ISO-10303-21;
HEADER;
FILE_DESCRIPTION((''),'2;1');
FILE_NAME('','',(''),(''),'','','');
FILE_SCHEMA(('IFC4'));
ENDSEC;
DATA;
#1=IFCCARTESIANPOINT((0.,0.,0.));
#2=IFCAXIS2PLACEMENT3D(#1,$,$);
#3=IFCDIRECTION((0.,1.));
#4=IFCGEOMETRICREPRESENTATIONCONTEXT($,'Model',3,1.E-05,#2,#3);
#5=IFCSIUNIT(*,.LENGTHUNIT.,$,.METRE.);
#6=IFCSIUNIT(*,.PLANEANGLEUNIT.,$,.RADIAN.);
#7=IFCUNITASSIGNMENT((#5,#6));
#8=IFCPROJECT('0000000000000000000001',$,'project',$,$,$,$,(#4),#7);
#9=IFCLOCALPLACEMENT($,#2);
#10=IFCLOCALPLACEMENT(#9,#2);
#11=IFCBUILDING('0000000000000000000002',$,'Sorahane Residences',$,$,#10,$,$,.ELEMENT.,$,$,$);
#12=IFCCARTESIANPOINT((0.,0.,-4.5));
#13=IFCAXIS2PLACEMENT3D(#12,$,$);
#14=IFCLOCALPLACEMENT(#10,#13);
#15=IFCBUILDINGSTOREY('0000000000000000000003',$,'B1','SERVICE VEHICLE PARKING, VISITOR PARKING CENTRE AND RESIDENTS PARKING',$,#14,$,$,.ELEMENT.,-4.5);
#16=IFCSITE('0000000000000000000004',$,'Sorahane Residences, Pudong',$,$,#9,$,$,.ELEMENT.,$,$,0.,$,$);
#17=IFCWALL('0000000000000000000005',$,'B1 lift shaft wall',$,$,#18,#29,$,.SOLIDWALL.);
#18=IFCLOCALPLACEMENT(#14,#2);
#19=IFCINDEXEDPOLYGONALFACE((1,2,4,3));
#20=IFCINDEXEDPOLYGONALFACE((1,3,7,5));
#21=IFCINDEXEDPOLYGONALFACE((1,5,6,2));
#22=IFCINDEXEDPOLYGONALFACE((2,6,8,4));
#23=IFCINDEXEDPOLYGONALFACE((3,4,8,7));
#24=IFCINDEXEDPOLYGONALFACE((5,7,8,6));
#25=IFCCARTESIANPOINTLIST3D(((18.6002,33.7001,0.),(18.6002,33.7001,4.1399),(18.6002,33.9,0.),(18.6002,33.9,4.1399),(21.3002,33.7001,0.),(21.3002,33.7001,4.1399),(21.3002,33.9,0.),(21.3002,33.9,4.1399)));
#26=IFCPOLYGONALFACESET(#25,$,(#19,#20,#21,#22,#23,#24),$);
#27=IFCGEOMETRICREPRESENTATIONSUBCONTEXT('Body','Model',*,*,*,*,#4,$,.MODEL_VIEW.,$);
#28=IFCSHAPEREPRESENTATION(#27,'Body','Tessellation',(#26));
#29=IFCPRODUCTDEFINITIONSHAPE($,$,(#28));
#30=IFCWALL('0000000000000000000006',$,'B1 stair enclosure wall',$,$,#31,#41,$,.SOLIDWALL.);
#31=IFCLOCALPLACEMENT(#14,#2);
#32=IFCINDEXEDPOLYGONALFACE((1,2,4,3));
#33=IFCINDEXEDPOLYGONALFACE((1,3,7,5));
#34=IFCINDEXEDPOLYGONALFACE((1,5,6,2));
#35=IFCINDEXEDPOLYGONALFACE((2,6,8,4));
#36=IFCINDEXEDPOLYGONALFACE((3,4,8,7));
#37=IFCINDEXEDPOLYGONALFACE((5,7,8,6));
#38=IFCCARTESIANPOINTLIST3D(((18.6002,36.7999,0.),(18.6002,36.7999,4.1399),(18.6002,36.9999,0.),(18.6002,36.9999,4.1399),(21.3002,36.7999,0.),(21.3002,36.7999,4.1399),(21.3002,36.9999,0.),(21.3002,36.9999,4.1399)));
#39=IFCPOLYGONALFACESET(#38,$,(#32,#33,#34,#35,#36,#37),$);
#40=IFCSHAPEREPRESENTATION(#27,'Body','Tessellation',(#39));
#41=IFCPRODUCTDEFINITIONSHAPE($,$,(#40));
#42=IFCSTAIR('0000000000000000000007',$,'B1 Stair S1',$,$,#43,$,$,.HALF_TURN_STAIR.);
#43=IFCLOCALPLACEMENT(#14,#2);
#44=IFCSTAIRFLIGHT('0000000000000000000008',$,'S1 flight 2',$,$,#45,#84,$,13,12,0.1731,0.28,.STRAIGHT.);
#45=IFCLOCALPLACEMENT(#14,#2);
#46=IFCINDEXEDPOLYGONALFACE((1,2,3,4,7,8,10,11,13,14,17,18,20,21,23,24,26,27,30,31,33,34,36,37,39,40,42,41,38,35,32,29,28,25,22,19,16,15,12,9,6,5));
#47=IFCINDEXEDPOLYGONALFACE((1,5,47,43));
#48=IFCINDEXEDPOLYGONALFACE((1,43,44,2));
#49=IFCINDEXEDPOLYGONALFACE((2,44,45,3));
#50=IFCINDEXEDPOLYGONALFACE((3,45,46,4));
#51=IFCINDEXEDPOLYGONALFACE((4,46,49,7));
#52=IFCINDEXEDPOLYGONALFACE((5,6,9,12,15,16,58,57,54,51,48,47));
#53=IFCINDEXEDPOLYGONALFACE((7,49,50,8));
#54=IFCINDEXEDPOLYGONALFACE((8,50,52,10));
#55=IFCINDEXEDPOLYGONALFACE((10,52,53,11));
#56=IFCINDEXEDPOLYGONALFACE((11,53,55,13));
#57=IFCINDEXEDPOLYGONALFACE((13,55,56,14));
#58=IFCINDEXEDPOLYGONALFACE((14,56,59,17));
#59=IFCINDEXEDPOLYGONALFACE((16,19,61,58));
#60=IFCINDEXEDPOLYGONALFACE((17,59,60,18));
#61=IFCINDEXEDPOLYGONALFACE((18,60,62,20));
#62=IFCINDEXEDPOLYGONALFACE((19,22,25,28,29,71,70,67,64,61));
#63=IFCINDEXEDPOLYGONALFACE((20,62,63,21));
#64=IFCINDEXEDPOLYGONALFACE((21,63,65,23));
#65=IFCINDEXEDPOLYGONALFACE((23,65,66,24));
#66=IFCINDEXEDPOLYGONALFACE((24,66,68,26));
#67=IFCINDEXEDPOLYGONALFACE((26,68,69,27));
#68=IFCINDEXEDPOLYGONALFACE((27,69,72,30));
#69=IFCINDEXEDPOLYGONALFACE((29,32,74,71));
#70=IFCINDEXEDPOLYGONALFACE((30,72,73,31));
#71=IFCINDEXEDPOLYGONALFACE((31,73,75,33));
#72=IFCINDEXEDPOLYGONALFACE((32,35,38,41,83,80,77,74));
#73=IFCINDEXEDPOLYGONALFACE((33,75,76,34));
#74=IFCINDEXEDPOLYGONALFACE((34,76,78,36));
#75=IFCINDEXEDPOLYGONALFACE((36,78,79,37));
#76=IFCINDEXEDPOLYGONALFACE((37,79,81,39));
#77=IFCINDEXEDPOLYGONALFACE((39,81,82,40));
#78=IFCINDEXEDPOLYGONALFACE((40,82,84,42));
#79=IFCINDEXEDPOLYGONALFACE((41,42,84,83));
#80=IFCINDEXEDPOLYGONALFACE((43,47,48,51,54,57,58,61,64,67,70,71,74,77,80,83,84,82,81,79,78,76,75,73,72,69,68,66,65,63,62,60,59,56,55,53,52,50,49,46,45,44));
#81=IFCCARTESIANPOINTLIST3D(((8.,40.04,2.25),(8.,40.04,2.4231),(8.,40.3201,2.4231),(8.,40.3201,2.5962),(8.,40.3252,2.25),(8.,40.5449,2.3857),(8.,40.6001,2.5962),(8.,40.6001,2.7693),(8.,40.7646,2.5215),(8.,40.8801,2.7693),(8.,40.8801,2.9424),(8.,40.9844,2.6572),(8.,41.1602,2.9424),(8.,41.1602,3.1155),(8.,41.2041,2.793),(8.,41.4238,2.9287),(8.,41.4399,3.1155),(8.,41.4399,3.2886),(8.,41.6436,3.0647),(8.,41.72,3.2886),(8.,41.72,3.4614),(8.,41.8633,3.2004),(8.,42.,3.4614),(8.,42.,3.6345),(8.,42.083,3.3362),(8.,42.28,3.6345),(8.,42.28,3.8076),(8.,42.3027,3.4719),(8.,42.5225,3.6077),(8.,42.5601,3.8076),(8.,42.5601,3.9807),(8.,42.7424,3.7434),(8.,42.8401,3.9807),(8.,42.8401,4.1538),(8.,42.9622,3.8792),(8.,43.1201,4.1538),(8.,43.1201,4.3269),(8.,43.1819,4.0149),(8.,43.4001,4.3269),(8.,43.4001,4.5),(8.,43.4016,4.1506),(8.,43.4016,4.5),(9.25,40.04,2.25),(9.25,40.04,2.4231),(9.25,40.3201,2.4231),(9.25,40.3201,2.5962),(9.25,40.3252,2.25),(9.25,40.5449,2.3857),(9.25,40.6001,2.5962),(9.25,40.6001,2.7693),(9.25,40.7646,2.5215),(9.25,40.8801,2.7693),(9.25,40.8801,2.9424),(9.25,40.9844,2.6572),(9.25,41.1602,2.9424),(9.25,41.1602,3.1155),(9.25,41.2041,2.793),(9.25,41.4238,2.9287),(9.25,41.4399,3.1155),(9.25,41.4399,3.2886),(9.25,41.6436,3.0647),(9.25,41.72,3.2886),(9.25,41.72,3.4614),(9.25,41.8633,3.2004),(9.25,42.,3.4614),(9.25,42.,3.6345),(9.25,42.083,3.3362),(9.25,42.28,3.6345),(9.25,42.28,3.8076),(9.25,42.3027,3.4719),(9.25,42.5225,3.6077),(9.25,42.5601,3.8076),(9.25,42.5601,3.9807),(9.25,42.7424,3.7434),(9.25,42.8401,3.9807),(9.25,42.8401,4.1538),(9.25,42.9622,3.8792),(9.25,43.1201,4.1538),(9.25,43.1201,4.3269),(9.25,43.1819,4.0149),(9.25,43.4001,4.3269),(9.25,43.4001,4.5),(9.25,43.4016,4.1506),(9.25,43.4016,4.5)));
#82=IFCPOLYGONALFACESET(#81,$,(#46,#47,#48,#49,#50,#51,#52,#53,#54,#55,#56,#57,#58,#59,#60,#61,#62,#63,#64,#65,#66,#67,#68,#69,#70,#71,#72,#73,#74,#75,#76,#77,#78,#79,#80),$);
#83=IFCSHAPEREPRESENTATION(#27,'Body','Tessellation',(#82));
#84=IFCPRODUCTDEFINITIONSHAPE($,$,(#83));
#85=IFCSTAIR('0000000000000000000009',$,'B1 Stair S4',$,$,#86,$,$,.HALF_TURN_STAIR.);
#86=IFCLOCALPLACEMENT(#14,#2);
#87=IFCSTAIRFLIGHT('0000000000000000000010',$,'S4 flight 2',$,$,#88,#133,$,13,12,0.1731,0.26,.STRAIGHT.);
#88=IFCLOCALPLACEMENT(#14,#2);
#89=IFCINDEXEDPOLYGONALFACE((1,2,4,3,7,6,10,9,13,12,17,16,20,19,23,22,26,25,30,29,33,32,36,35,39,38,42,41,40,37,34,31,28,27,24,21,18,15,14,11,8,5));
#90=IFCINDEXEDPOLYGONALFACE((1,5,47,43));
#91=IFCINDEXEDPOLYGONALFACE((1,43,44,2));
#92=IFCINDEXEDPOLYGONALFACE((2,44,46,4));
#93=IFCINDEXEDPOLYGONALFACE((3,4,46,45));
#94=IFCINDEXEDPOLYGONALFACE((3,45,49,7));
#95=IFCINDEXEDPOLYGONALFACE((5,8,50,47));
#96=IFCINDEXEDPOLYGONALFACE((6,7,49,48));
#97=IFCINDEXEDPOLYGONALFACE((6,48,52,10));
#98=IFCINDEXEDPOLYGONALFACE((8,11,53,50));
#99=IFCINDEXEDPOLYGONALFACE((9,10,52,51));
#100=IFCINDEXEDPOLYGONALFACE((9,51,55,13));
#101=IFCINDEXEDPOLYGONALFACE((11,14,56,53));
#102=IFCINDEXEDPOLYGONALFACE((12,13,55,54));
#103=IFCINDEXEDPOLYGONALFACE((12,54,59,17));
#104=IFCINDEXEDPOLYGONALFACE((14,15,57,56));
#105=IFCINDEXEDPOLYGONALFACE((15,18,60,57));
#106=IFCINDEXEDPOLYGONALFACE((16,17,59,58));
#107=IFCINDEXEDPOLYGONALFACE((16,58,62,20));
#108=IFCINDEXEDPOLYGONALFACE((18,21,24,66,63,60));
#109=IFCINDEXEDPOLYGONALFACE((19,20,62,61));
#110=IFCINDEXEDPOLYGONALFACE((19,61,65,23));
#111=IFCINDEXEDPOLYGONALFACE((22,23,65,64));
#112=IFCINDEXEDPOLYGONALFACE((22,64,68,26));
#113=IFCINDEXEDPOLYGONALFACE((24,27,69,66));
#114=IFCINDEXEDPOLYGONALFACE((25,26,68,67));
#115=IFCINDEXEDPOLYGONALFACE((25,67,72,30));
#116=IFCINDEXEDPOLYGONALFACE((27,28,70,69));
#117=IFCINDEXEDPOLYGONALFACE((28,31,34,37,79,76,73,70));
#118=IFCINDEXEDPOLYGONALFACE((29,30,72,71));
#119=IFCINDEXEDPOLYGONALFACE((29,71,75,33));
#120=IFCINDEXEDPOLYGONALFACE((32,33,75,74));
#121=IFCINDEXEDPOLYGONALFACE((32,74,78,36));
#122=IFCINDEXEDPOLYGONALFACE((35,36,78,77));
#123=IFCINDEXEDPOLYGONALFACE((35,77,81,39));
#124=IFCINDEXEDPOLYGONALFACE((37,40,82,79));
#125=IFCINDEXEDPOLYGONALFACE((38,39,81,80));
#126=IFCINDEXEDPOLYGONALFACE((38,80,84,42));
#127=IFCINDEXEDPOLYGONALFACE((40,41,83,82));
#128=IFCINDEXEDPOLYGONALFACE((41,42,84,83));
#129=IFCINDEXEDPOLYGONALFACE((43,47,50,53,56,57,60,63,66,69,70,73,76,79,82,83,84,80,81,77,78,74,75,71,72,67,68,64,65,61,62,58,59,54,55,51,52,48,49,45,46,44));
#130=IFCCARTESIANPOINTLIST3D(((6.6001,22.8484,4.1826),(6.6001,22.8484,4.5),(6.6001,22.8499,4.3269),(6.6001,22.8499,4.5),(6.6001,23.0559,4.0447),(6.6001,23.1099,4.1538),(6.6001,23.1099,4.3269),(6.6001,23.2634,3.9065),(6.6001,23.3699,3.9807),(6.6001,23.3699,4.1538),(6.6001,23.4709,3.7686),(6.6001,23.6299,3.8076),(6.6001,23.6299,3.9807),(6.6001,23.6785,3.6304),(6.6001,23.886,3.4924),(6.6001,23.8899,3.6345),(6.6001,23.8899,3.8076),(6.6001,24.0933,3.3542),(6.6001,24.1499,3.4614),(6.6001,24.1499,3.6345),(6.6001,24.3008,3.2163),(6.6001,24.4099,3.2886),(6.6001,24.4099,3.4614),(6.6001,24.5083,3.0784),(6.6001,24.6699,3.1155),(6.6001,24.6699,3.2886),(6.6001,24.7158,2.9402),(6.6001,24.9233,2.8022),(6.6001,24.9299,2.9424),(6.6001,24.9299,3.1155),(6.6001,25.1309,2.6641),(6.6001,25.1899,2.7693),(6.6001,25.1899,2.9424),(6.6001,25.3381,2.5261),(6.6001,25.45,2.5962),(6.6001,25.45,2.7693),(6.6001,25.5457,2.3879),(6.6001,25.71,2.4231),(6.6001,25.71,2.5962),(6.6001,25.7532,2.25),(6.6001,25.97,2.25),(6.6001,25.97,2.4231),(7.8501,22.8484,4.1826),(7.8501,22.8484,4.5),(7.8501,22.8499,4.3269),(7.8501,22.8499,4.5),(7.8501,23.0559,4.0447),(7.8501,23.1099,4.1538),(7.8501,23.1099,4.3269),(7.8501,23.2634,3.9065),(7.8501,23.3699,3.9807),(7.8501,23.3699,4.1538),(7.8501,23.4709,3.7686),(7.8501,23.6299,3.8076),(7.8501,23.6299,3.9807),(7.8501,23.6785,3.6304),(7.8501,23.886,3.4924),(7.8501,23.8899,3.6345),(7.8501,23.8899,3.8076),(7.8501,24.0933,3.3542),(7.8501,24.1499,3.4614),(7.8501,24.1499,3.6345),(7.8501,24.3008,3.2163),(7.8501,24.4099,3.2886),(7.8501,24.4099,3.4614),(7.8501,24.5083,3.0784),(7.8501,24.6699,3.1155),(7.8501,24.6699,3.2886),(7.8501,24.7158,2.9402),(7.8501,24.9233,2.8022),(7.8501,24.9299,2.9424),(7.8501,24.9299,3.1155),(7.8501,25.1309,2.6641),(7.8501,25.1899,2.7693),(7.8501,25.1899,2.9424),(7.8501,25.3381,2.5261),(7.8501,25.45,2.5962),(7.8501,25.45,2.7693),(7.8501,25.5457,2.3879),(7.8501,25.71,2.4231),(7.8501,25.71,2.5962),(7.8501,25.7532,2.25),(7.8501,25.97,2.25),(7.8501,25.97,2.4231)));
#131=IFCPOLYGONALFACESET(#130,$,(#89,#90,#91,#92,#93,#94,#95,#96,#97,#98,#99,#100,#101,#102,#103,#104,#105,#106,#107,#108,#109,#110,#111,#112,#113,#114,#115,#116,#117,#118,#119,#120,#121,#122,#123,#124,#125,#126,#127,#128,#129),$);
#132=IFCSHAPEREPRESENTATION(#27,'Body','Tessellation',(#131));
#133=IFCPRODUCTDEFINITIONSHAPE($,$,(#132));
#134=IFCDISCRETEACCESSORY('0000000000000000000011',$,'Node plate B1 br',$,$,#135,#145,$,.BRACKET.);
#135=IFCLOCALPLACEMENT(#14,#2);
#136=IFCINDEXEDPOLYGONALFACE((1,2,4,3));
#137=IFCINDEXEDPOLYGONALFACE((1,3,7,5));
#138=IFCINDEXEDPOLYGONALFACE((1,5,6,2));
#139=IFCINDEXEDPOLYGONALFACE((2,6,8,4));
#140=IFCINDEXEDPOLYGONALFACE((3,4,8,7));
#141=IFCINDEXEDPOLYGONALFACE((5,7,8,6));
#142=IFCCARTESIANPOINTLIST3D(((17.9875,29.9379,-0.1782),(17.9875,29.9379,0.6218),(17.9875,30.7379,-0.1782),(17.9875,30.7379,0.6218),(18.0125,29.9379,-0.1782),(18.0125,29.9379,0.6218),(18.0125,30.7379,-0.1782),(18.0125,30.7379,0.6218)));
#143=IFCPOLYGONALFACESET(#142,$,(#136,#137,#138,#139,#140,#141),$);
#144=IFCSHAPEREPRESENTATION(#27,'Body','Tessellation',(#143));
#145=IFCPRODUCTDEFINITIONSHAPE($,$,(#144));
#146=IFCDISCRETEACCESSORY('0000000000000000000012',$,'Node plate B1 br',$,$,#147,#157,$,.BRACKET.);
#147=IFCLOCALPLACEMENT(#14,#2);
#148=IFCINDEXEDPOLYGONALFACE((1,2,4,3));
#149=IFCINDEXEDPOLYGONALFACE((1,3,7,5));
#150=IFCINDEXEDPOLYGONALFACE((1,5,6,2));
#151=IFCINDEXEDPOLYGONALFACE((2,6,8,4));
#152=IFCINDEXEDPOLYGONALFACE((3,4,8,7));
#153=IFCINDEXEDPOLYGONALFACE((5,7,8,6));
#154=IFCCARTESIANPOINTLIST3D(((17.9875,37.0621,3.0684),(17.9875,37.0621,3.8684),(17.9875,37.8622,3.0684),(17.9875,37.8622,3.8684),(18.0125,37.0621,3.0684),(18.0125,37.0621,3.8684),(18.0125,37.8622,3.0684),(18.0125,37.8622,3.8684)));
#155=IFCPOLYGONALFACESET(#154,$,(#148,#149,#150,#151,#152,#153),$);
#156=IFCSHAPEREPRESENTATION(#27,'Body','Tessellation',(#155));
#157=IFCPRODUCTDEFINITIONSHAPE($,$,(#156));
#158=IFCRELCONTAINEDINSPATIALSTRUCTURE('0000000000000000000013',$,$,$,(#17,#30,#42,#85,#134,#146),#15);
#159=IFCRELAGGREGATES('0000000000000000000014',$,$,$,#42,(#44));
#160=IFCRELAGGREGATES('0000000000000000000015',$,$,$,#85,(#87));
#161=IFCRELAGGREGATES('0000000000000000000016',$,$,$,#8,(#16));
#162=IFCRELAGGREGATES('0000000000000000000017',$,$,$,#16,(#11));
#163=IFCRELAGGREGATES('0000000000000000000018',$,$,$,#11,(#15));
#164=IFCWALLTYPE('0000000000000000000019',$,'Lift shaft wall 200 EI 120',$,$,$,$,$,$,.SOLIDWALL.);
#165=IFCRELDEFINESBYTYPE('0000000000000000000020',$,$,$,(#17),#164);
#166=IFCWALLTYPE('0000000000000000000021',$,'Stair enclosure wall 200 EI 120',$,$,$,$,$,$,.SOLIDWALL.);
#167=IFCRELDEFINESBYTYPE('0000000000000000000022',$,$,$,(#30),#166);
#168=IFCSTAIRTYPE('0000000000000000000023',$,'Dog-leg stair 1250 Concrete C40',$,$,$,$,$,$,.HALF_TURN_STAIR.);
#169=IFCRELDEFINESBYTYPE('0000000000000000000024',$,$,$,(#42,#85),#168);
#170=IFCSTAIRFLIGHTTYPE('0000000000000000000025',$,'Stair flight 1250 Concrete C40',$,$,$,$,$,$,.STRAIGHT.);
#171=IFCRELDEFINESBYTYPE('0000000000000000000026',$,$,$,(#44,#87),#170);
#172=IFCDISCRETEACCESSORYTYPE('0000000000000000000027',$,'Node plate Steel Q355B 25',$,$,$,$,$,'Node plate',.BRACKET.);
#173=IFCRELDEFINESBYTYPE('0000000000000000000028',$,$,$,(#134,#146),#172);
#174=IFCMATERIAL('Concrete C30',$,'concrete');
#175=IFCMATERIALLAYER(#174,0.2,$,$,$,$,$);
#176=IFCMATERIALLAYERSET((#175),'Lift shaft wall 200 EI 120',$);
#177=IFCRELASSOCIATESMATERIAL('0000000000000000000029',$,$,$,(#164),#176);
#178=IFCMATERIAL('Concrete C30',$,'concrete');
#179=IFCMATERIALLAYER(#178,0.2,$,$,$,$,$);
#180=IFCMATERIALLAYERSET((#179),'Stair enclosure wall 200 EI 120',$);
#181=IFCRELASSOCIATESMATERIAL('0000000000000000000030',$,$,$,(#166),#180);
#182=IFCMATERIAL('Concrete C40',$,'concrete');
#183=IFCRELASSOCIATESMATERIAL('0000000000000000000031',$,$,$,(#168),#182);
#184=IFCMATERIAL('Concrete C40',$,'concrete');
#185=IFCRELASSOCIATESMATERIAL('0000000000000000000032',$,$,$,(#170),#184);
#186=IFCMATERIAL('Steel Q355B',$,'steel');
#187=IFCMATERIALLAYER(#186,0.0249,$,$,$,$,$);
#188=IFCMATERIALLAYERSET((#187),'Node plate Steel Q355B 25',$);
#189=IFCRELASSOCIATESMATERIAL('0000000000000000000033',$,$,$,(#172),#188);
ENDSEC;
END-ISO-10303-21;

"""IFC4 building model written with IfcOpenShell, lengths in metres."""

from ifc_helpers import new_model, si_unit, direction, frame, frame_2d, origin, origin_2d, place, context, subcontext, project, spatial, polyline, rectangle, outline, extrude, material, layer, layer_set, type_object, element, aggregate, save


model = new_model("IFC4")

# Units and contexts
model_context = context("Model", 3, precision=1e-05, world=origin(), true_north=direction((0.0, 1.0)))
body_context = subcontext(model_context, "Body", "Model", "MODEL_VIEW")
ifc_project = project(units=[si_unit("LENGTHUNIT", "METRE"), si_unit("PLANEANGLEUNIT", "RADIAN")], contexts=[model_context])

# Site, building, storey
site_placement = place(None, origin())
site = spatial("IfcSite", under=ifc_project, at=site_placement, Name="Sorahane Residences, Pudong", CompositionType="ELEMENT", RefElevation=0.0)
building_placement = place(site_placement, origin())
building = spatial("IfcBuilding", under=site, at=building_placement, Name="Sorahane Residences", CompositionType="ELEMENT")
storey_placement = place(building_placement, frame((0.0, 0.0, -4.5)))
storey = spatial("IfcBuildingStorey", under=building, at=storey_placement, Name="B1", Description="SERVICE VEHICLE PARKING, VISITOR PARKING CENTRE AND RESIDENTS PARKING", CompositionType="ELEMENT", Elevation=-4.5)

# Shared definitions
ifc_material_1 = material(Name="Concrete C30", Category="concrete")
ifc_layer_1 = layer(ifc_material_1, 0.2)
ifc_layer_set_1 = layer_set([ifc_layer_1], Name="Lift shaft wall 200 EI 120")
wall_type_1 = type_object("IfcWallType", Name="Lift shaft wall 200 EI 120", PredefinedType="SOLIDWALL", material=ifc_layer_set_1)

# Walls
for number, where, z_axis, x_axis, name in (
    (1, (18.6001, 33.8, 0.0), (0.0, 0.0, 1.0), (1.0, 0.0, 0.0), "B1 lift shaft wall"),
):
    element("IfcWall", number, at=place(storey_placement, frame(where, z_axis=z_axis, x_axis=x_axis)), inside=storey, type_object=wall_type_1, Name=name, PredefinedType="SOLIDWALL", context=body_context, shape_type="SweptSolid", body=[
        extrude(rectangle(XDim=2.7, YDim=0.2, at=frame_2d((1.3501, 0.0))), origin(), (0.0, 0.0, 1.0), 4.1399),
    ])
ifc_material_2 = material(Name="Concrete C30", Category="concrete")
ifc_layer_2 = layer(ifc_material_2, 0.2)
ifc_layer_set_2 = layer_set([ifc_layer_2], Name="Stair enclosure wall 200 EI 120")
wall_type_2 = type_object("IfcWallType", Name="Stair enclosure wall 200 EI 120", PredefinedType="SOLIDWALL", material=ifc_layer_set_2)
wall_1_placement = place(storey_placement, frame((18.6001, 36.8999, 0.0), z_axis=(0.0, 0.0, 1.0), x_axis=(1.0, 0.0, 0.0)))
element("IfcWall", 2, at=wall_1_placement, inside=storey, type_object=wall_type_2, Name="B1 stair enclosure wall", PredefinedType="SOLIDWALL", context=body_context, shape_type="SweptSolid", body=[
    extrude(rectangle(XDim=2.7, YDim=0.2, at=frame_2d((1.3501, 0.0))), origin(), (0.0, 0.0, 1.0), 4.1399),
])

# Stairs, stair flights
ifc_material_3 = material(Name="Concrete C40", Category="concrete")
stair_type = type_object("IfcStairType", Name="Dog-leg stair 1250 Concrete C40", PredefinedType="HALF_TURN_STAIR", material=ifc_material_3)
stair_1_placement = place(storey_placement, origin())
stair_1 = element("IfcStair", 3, at=stair_1_placement, inside=storey, type_object=stair_type, Name="B1 Stair S1", PredefinedType="HALF_TURN_STAIR")
ifc_material_4 = material(Name="Concrete C40", Category="concrete")
stair_flight_type = type_object("IfcStairFlightType", Name="Stair flight 1250 Concrete C40", PredefinedType="STRAIGHT", material=ifc_material_4)
stair_flight_1_placement = place(storey_placement, frame((8.625, 40.04, 2.25), z_axis=(0.0, 0.0, 1.0), x_axis=(0.0, 1.0, 0.0)))
stair_flight_1 = element("IfcStairFlight", 4, at=stair_flight_1_placement, type_object=stair_flight_type, Name="S1 flight 2", NumberOfRisers=13, NumberOfTreads=12, PredefinedType="STRAIGHT", RiserHeight=0.1731, TreadLength=0.28, context=body_context, shape_type="SweptSolid", body=[
    extrude(outline(polyline([(0.0, 0.0), (0.0, 0.1731), (0.28, 0.1731), (0.28, 0.3462), (0.5601, 0.3462), (0.5601, 0.5193), (0.8401, 0.5193), (0.8401, 0.6924), (1.1201, 0.6924), (1.1201, 0.8655), (1.3999, 0.8655), (1.3999, 1.0386), (1.6799, 1.0386), (1.6799, 1.2114), (1.96, 1.2114), (1.96, 1.3845), (2.24, 1.3845), (2.24, 1.5576), (2.52, 1.5576), (2.52, 1.7307), (2.8, 1.7307), (2.8, 1.9038), (3.0801, 1.9038), (3.0801, 2.0769), (3.3601, 2.0769), (3.3601, 2.25), (3.3616, 2.25), (3.3616, 1.9006), (3.1418, 1.7649), (2.9221, 1.6292), (2.7024, 1.4934), (2.4824, 1.3577), (2.2627, 1.2219), (2.043, 1.0862), (1.8232, 0.9504), (1.6035, 0.8147), (1.3838, 0.6787), (1.1641, 0.543), (0.9443, 0.4072), (0.7246, 0.2715), (0.5049, 0.1357), (0.2852, 0.0), (0.0, 0.0)])), frame((0.0, 0.625, 0.0), z_axis=(0.0, -1.0, 0.0), x_axis=(1.0, 0.0, 0.0)), (0.0, 0.0, 1.0), 1.25),
])
aggregate(stair_1, [stair_flight_1])
stair_2_placement = place(storey_placement, origin())
stair_2 = element("IfcStair", 5, at=stair_2_placement, inside=storey, type_object=stair_type, Name="B1 Stair S4", PredefinedType="HALF_TURN_STAIR")
stair_flight_2_placement = place(storey_placement, frame((7.2251, 25.97, 2.25), z_axis=(0.0, 0.0, 1.0), x_axis=(0.0, -1.0, 0.0)))
stair_flight_2 = element("IfcStairFlight", 6, at=stair_flight_2_placement, type_object=stair_flight_type, Name="S4 flight 2", NumberOfRisers=13, NumberOfTreads=12, PredefinedType="STRAIGHT", RiserHeight=0.1731, TreadLength=0.26, context=body_context, shape_type="SweptSolid", body=[
    extrude(outline(polyline([(0.0, 0.0), (0.0, 0.1731), (0.26, 0.1731), (0.26, 0.3462), (0.52, 0.3462), (0.52, 0.5193), (0.78, 0.5193), (0.78, 0.6924), (1.04, 0.6924), (1.04, 0.8655), (1.3, 0.8655), (1.3, 1.0386), (1.5601, 1.0386), (1.5601, 1.2114), (1.8201, 1.2114), (1.8201, 1.3845), (2.0801, 1.3845), (2.0801, 1.5576), (2.3401, 1.5576), (2.3401, 1.7307), (2.6001, 1.7307), (2.6001, 1.9038), (2.8601, 1.9038), (2.8601, 2.0769), (3.1201, 2.0769), (3.1201, 2.25), (3.1216, 2.25), (3.1216, 1.9326), (2.9141, 1.7947), (2.7065, 1.6565), (2.499, 1.5186), (2.2915, 1.3804), (2.084, 1.2424), (1.8767, 1.1042), (1.6692, 0.9663), (1.4617, 0.8284), (1.2542, 0.6902), (1.0466, 0.5522), (0.8391, 0.4141), (0.6318, 0.2761), (0.4243, 0.1379), (0.2168, 0.0), (0.0, 0.0)])), frame((0.0, 0.625, 0.0), z_axis=(0.0, -1.0, 0.0), x_axis=(1.0, 0.0, 0.0)), (0.0, 0.0, 1.0), 1.25),
])
aggregate(stair_2, [stair_flight_2])

# Discrete accessories
ifc_material_5 = material(Name="Steel Q355B", Category="steel")
ifc_layer_3 = layer(ifc_material_5, 0.0249)
ifc_layer_set_3 = layer_set([ifc_layer_3], Name="Node plate Steel Q355B 25")
discrete_accessory_type = type_object("IfcDiscreteAccessoryType", Name="Node plate Steel Q355B 25", ElementType="Node plate", PredefinedType="BRACKET", material=ifc_layer_set_3)
for number, where, z_axis, x_axis, name in (
    (7, (18.0, 30.3379, -0.1782), (0.0, 0.0, 1.0), (0.0, 1.0, 0.0), "Node plate B1 br"),
    (8, (18.0, 37.4622, 3.0684), (0.0, 0.0, 1.0), (0.0, 1.0, 0.0), "Node plate B1 br"),
):
    element("IfcDiscreteAccessory", number, at=place(storey_placement, frame(where, z_axis=z_axis, x_axis=x_axis)), inside=storey, type_object=discrete_accessory_type, Name=name, PredefinedType="BRACKET", context=body_context, shape_type="SweptSolid", body=[
        extrude(rectangle(XDim=0.8, YDim=0.0249, at=origin_2d()), origin(), (0.0, 0.0, 1.0), 0.8),
    ])

save(model, "model.ifc")
